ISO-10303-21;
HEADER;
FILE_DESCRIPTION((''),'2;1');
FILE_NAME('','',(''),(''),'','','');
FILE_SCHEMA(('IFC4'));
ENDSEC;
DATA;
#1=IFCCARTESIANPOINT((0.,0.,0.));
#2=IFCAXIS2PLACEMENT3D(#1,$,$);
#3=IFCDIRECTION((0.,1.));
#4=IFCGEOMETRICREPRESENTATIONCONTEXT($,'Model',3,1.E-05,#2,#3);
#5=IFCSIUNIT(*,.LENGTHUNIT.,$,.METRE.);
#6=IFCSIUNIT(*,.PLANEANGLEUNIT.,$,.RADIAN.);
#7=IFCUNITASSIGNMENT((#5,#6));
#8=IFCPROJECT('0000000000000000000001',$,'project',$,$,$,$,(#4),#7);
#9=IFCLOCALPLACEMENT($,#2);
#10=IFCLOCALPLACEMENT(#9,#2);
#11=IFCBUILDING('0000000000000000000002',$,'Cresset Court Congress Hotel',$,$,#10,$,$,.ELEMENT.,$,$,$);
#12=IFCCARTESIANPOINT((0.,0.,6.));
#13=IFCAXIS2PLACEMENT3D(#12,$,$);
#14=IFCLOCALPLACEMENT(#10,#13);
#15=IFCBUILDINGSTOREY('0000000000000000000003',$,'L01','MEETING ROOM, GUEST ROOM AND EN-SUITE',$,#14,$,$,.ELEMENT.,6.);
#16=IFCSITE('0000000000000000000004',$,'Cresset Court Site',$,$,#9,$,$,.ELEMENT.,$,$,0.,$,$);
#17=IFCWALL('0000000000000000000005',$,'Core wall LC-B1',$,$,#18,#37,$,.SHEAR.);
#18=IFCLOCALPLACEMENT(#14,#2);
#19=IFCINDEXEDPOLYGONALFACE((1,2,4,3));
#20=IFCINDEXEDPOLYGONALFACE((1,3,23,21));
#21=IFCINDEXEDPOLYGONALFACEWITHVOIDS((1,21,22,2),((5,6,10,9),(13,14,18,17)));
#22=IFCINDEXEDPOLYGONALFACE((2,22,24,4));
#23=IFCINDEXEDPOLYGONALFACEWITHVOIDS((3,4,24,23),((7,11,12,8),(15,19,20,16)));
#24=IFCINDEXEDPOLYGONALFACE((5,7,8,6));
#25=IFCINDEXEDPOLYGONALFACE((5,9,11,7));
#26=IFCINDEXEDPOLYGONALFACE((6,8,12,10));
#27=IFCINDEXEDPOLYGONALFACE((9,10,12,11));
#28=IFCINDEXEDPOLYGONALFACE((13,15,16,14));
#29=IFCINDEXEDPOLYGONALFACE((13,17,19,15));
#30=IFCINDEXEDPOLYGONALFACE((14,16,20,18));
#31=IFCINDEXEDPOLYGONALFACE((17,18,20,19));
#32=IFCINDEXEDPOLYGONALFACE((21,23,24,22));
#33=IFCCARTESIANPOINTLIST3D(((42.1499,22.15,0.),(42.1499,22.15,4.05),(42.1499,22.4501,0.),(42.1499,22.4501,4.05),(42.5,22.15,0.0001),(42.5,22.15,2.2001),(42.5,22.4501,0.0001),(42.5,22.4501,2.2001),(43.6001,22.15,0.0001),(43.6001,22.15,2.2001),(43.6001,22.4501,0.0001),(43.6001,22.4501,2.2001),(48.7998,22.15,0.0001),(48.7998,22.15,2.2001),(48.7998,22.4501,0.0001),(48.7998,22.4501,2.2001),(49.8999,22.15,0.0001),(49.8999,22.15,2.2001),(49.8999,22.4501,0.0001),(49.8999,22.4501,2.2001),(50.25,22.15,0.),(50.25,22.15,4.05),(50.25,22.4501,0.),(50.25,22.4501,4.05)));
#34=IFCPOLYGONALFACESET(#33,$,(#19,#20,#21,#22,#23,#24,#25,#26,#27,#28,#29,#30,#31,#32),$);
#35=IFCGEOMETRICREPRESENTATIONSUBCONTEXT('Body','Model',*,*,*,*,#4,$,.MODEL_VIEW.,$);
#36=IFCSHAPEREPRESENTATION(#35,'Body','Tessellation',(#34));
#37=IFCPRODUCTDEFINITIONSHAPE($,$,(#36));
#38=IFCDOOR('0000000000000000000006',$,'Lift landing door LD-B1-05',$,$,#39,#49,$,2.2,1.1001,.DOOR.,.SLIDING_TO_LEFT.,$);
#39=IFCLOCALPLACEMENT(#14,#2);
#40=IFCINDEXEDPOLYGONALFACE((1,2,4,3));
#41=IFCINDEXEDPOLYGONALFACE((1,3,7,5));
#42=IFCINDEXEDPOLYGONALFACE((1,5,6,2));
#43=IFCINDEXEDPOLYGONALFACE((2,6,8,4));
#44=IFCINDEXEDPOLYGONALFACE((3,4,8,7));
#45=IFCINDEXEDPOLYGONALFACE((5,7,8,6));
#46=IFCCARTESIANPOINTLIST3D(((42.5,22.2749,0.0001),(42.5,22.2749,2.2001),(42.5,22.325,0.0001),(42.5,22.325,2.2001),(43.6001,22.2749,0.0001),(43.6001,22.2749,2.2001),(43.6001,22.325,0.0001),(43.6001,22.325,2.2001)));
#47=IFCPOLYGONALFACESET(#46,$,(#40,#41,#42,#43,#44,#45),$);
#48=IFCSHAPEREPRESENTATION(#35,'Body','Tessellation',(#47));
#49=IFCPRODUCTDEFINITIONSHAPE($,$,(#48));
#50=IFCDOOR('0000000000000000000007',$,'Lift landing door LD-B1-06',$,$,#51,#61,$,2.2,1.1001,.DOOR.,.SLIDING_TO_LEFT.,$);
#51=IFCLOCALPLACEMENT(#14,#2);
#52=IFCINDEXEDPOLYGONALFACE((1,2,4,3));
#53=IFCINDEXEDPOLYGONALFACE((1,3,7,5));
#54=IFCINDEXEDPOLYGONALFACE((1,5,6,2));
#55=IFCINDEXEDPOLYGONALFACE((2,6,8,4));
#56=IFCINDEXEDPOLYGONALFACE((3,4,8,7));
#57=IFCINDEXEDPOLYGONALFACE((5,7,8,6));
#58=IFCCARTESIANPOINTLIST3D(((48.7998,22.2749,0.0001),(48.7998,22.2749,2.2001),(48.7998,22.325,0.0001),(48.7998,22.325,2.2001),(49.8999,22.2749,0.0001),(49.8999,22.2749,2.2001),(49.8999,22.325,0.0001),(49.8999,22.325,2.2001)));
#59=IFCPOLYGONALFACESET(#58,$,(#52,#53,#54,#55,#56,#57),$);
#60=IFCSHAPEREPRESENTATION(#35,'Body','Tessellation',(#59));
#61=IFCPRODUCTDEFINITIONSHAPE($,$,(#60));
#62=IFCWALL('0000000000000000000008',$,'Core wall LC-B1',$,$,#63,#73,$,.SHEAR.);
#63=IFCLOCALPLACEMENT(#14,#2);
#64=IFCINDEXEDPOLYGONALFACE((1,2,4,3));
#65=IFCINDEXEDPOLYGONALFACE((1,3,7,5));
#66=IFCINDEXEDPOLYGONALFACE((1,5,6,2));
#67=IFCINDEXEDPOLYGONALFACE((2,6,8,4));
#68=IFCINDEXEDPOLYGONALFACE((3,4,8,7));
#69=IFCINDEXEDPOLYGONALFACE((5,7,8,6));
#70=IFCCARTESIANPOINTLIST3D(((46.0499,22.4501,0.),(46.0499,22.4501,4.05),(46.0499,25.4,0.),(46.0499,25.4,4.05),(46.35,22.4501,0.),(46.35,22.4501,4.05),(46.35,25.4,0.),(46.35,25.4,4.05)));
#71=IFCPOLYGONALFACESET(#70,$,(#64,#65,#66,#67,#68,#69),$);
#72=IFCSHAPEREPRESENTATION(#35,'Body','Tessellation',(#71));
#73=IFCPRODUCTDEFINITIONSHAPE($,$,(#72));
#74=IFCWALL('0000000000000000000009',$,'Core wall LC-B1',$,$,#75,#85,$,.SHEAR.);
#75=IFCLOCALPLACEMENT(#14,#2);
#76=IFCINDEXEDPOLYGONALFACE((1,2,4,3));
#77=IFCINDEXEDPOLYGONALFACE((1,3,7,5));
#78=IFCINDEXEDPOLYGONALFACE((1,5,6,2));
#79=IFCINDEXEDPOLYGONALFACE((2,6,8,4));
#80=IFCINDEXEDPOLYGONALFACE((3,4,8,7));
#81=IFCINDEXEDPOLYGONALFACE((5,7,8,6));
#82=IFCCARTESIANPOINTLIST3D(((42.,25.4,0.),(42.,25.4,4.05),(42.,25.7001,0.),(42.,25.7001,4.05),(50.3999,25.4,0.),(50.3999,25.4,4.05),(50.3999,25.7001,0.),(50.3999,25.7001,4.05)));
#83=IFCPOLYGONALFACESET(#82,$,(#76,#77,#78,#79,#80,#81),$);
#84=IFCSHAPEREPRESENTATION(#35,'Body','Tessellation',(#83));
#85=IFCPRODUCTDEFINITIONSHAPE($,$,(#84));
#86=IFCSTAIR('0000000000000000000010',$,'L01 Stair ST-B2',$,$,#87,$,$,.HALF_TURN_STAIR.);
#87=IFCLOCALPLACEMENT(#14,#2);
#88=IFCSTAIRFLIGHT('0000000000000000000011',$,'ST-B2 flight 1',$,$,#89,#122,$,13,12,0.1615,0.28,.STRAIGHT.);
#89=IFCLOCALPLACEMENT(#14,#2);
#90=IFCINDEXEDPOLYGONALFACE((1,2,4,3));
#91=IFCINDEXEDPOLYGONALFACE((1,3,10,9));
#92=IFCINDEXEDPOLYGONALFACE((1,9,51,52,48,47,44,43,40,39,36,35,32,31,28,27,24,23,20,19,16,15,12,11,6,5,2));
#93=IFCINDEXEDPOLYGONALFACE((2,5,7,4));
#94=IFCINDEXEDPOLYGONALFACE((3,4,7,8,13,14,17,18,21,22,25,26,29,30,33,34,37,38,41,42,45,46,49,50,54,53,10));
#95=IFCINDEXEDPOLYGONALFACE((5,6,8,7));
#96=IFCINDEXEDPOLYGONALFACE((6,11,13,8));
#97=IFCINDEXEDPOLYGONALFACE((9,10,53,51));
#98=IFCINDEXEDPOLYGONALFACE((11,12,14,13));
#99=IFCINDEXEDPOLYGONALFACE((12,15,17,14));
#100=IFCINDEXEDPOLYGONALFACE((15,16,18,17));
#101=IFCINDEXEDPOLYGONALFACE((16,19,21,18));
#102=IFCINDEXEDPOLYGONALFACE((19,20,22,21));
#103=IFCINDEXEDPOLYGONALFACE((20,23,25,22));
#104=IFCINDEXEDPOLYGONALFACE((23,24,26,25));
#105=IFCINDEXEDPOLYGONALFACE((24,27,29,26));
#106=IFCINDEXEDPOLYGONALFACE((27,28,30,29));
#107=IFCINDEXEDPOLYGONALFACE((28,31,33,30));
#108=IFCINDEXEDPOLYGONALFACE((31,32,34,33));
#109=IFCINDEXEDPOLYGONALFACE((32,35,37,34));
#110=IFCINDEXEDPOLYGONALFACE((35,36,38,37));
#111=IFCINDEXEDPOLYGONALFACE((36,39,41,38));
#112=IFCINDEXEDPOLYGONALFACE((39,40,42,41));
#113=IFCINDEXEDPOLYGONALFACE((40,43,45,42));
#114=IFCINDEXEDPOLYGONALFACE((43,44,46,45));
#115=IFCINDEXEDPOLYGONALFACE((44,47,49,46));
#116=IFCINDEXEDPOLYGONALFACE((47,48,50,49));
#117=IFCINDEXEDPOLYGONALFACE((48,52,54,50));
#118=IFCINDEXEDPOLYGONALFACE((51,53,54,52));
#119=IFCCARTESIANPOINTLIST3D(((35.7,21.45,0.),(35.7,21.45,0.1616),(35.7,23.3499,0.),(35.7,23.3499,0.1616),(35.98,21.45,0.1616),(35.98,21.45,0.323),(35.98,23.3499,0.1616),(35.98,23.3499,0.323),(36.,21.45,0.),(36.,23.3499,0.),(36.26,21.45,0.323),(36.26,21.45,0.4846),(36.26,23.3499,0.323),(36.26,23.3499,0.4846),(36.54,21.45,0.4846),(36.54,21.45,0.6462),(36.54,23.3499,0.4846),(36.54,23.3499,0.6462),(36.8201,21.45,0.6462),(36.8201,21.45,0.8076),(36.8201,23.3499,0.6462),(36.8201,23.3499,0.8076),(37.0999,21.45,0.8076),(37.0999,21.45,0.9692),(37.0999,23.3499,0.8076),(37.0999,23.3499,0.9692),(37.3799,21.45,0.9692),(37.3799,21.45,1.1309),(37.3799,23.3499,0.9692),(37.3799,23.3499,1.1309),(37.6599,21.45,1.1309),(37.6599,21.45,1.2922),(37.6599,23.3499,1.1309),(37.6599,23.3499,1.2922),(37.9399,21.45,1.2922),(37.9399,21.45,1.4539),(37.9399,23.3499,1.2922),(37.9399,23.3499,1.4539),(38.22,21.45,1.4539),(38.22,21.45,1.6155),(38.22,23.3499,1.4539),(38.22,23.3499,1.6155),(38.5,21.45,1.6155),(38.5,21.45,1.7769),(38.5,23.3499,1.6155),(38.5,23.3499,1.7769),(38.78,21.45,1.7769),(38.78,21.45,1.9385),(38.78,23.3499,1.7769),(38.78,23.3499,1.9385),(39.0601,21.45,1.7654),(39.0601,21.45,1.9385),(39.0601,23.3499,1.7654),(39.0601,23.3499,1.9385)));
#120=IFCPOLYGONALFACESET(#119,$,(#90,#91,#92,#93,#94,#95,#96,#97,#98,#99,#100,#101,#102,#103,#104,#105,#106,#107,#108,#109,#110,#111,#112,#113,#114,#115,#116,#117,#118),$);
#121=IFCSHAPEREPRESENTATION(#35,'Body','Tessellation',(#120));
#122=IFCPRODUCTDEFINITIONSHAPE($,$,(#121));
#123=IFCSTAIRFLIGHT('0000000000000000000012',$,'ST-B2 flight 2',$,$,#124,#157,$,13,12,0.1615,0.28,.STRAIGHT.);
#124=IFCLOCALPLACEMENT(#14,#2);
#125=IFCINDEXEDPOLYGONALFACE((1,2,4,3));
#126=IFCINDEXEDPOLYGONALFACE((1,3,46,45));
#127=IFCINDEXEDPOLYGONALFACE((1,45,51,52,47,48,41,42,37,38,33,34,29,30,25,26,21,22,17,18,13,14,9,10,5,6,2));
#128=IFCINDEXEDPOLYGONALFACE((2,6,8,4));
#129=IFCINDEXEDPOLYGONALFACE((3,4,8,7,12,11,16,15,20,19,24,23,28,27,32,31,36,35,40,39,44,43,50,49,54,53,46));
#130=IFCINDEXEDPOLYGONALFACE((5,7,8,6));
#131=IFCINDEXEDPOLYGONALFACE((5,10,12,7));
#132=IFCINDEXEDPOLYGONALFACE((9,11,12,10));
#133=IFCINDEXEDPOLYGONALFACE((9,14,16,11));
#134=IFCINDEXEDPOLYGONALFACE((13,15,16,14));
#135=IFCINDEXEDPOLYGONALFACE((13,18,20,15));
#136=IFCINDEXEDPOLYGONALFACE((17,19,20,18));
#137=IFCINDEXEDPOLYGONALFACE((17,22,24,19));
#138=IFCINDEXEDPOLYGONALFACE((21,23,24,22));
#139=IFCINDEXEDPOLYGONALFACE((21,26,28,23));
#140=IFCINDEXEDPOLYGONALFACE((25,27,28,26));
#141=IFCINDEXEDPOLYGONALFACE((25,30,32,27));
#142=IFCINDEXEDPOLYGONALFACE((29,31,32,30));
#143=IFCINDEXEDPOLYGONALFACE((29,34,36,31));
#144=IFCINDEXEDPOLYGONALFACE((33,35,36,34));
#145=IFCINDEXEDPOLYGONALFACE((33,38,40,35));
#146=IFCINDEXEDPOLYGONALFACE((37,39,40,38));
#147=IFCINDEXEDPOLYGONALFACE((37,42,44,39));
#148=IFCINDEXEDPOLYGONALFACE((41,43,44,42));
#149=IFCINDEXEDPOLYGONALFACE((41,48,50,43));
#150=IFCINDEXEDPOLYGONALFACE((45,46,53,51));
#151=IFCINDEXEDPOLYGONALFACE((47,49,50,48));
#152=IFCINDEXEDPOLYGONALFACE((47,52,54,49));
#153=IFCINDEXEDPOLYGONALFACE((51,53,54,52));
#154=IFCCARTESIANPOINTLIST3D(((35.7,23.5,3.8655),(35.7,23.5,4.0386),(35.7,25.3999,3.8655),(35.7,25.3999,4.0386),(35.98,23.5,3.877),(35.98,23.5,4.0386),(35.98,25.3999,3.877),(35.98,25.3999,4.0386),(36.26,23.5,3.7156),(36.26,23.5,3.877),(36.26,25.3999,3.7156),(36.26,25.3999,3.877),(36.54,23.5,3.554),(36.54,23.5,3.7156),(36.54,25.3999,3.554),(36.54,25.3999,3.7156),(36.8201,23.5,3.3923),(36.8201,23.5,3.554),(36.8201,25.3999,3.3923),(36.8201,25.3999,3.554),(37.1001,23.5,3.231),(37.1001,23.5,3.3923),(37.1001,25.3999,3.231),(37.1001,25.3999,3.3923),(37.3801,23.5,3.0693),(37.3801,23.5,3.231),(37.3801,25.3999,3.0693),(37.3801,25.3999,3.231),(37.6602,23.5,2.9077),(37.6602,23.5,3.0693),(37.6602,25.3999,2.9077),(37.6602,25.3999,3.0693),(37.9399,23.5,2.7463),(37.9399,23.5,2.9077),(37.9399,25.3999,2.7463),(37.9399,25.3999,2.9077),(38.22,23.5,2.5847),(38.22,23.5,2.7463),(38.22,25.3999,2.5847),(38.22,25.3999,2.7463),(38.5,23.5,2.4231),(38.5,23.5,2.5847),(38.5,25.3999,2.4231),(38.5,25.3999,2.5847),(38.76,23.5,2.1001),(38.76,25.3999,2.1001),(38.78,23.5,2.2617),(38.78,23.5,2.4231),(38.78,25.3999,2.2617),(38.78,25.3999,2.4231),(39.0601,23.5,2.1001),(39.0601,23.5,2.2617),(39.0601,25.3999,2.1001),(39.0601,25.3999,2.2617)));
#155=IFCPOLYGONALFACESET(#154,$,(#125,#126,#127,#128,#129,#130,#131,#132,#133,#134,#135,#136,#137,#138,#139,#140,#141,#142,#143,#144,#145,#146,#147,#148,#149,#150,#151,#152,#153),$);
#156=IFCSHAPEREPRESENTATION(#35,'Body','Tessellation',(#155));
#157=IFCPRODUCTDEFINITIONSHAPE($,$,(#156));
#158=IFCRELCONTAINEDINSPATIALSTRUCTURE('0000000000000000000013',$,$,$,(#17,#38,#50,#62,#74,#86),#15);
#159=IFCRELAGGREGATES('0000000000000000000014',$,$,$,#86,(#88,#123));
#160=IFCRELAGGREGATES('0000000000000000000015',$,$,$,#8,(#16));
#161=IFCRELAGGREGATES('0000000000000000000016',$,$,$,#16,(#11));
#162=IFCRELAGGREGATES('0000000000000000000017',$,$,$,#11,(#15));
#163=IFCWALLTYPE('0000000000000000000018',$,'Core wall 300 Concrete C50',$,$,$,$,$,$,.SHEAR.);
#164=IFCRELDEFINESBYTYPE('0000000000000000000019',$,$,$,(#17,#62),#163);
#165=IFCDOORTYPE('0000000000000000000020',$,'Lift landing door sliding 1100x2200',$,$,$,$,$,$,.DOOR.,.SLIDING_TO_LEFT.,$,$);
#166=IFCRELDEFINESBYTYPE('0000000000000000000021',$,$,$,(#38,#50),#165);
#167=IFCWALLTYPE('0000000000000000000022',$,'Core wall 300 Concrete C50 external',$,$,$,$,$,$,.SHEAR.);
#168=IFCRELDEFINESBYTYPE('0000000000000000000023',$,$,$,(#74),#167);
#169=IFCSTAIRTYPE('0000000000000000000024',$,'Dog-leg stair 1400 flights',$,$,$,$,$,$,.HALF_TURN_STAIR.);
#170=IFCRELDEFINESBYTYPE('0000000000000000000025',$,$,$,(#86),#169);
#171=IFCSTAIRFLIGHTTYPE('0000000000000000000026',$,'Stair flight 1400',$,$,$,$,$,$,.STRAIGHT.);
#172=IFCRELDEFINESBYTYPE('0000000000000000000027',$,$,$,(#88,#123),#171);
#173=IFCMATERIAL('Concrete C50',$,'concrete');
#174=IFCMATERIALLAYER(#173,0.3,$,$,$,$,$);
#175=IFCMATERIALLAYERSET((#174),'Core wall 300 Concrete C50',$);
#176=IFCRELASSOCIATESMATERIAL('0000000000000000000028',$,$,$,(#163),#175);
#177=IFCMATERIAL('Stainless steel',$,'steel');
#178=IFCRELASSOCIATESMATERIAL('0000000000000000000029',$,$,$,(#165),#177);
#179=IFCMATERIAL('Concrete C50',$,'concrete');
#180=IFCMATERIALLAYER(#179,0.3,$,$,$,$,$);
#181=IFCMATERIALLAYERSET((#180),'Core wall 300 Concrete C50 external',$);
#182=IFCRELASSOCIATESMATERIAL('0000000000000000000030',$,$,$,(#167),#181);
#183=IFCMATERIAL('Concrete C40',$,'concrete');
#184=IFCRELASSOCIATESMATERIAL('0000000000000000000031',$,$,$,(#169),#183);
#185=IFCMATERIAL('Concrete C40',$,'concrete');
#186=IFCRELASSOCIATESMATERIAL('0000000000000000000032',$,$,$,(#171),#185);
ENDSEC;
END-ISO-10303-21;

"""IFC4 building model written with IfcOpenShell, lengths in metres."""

from ifc_helpers import new_model, si_unit, direction, frame, frame_2d, origin, place, context, subcontext, project, spatial, polyline, rectangle, outline, extrude, material, layer, layer_set, type_object, element, fill, aggregate, save


model = new_model("IFC4")

# Units and contexts
model_context = context("Model", 3, precision=1e-05, world=origin(), true_north=direction((0.0, 1.0)))
body_context = subcontext(model_context, "Body", "Model", "MODEL_VIEW")
ifc_project = project(units=[si_unit("LENGTHUNIT", "METRE"), si_unit("PLANEANGLEUNIT", "RADIAN")], contexts=[model_context])

# Site, building, storey
site_placement = place(None, origin())
site = spatial("IfcSite", under=ifc_project, at=site_placement, Name="Cresset Court Site", CompositionType="ELEMENT", RefElevation=0.0)
building_placement = place(site_placement, origin())
building = spatial("IfcBuilding", under=site, at=building_placement, Name="Cresset Court Congress Hotel", CompositionType="ELEMENT")
storey_placement = place(building_placement, frame((0.0, 0.0, 6.0)))
storey = spatial("IfcBuildingStorey", under=building, at=storey_placement, Name="L01", Description="MEETING ROOM, GUEST ROOM AND EN-SUITE", CompositionType="ELEMENT", Elevation=6.0)

# Shared definitions
ifc_material_1 = material(Name="Concrete C50", Category="concrete")
ifc_layer_1 = layer(ifc_material_1, 0.3)
ifc_layer_set_1 = layer_set([ifc_layer_1], Name="Core wall 300 Concrete C50")
wall_type_1 = type_object("IfcWallType", Name="Core wall 300 Concrete C50", PredefinedType="SHEAR", material=ifc_layer_set_1)

# Wall, openings, doors
wall_1_placement = place(storey_placement, frame((42.1499, 22.3, 0.0), z_axis=(0.0, 0.0, 1.0), x_axis=(1.0, 0.0, 0.0)))
wall_1 = element("IfcWall", 1, at=wall_1_placement, inside=storey, type_object=wall_type_1, Name="Core wall LC-B1", PredefinedType="SHEAR", context=body_context, shape_type="SweptSolid", body=[
    extrude(rectangle(XDim=8.1001, YDim=0.3, at=frame_2d((4.05, 0.0))), origin(), (0.0, 0.0, 1.0), 4.05),
])
opening_1_placement = place(wall_1_placement, frame((0.3501, 0.0, 0.0)))
opening_1 = element("IfcOpeningElement", 2, at=opening_1_placement, cuts=wall_1, PredefinedType="OPENING", context=body_context, shape_type="SweptSolid", body=[
    extrude(rectangle(XDim=1.1001, YDim=2.2, at=frame_2d((0.55, 1.1001))), frame((0.0, 0.1599, 0.0), z_axis=(0.0, -1.0, 0.0), x_axis=(1.0, 0.0, 0.0)), (0.0, 0.0, 1.0), 0.3201),
])
opening_2_placement = place(wall_1_placement, frame((6.6499, 0.0, 0.0)))
opening_2 = element("IfcOpeningElement", 3, at=opening_2_placement, cuts=wall_1, PredefinedType="OPENING", context=body_context, shape_type="SweptSolid", body=[
    extrude(rectangle(XDim=1.1001, YDim=2.2, at=frame_2d((0.55, 1.1001))), frame((0.0, 0.1599, 0.0), z_axis=(0.0, -1.0, 0.0), x_axis=(1.0, 0.0, 0.0)), (0.0, 0.0, 1.0), 0.3201),
])
ifc_material_2 = material(Name="Stainless steel", Category="steel")
door_type_1 = type_object("IfcDoorType", Name="Lift landing door sliding 1100x2200", OperationType="SLIDING_TO_LEFT", PredefinedType="DOOR", material=ifc_material_2)
door_1_placement = place(opening_1_placement, origin())
door_1 = element("IfcDoor", 4, at=door_1_placement, inside=storey, type_object=door_type_1, Name="Lift landing door LD-B1-05", OperationType="SLIDING_TO_LEFT", OverallHeight=2.2, OverallWidth=1.1001, PredefinedType="DOOR", context=body_context, shape_type="SweptSolid", body=[
    extrude(rectangle(XDim=1.1001, YDim=2.2, at=frame_2d((0.55, 1.1001))), frame((0.0, 0.0249, 0.0), z_axis=(0.0, -1.0, 0.0), x_axis=(1.0, 0.0, 0.0)), (0.0, 0.0, 1.0), 0.05),
])
fill(opening_1, door_1)
door_2_placement = place(opening_2_placement, origin())
door_2 = element("IfcDoor", 5, at=door_2_placement, inside=storey, type_object=door_type_1, Name="Lift landing door LD-B1-06", OperationType="SLIDING_TO_LEFT", OverallHeight=2.2, OverallWidth=1.1001, PredefinedType="DOOR", context=body_context, shape_type="SweptSolid", body=[
    extrude(rectangle(XDim=1.1001, YDim=2.2, at=frame_2d((0.55, 1.1001))), frame((0.0, 0.0249, 0.0), z_axis=(0.0, -1.0, 0.0), x_axis=(1.0, 0.0, 0.0)), (0.0, 0.0, 1.0), 0.05),
])
fill(opening_2, door_2)

# Walls
wall_2_placement = place(storey_placement, frame((46.2, 22.45, 0.0), z_axis=(0.0, 0.0, 1.0), x_axis=(0.0, 1.0, 0.0)))
element("IfcWall", 6, at=wall_2_placement, inside=storey, type_object=wall_type_1, Name="Core wall LC-B1", PredefinedType="SHEAR", context=body_context, shape_type="SweptSolid", body=[
    extrude(rectangle(XDim=2.95, YDim=0.3, at=frame_2d((1.4751, 0.0))), origin(), (0.0, 0.0, 1.0), 4.05),
])
ifc_material_3 = material(Name="Concrete C50", Category="concrete")
ifc_layer_2 = layer(ifc_material_3, 0.3)
ifc_layer_set_2 = layer_set([ifc_layer_2], Name="Core wall 300 Concrete C50 external")
wall_type_2 = type_object("IfcWallType", Name="Core wall 300 Concrete C50 external", PredefinedType="SHEAR", material=ifc_layer_set_2)
wall_3_placement = place(storey_placement, frame((42.0, 25.55, 0.0), z_axis=(0.0, 0.0, 1.0), x_axis=(1.0, 0.0, 0.0)))
element("IfcWall", 7, at=wall_3_placement, inside=storey, type_object=wall_type_2, Name="Core wall LC-B1", PredefinedType="SHEAR", context=body_context, shape_type="SweptSolid", body=[
    extrude(rectangle(XDim=8.3999, YDim=0.3, at=frame_2d((4.2, 0.0))), origin(), (0.0, 0.0, 1.0), 4.05),
])

# Stair, stair flights
ifc_material_4 = material(Name="Concrete C40", Category="concrete")
stair_type = type_object("IfcStairType", Name="Dog-leg stair 1400 flights", PredefinedType="HALF_TURN_STAIR", material=ifc_material_4)
stair_placement = place(storey_placement, origin())
stair = element("IfcStair", 8, at=stair_placement, inside=storey, type_object=stair_type, Name="L01 Stair ST-B2", PredefinedType="HALF_TURN_STAIR")
ifc_material_5 = material(Name="Concrete C40", Category="concrete")
stair_flight_type = type_object("IfcStairFlightType", Name="Stair flight 1400", PredefinedType="STRAIGHT", material=ifc_material_5)
stair_flight_1_placement = place(storey_placement, frame((35.7, 22.3999, 0.0), z_axis=(0.0, 0.0, 1.0), x_axis=(1.0, 0.0, 0.0)))
stair_flight_1 = element("IfcStairFlight", 9, at=stair_flight_1_placement, type_object=stair_flight_type, Name="ST-B2 flight 1", NumberOfRisers=13, NumberOfTreads=12, PredefinedType="STRAIGHT", RiserHeight=0.1615, TreadLength=0.28, context=body_context, shape_type="SweptSolid", body=[
    extrude(outline(polyline([(0.0, 0.0), (0.0, 0.1616), (0.28, 0.1616), (0.28, 0.323), (0.5601, 0.323), (0.5601, 0.4846), (0.8401, 0.4846), (0.8401, 0.6462), (1.1201, 0.6462), (1.1201, 0.8076), (1.3999, 0.8076), (1.3999, 0.9692), (1.6799, 0.9692), (1.6799, 1.1309), (1.96, 1.1309), (1.96, 1.2922), (2.24, 1.2922), (2.24, 1.4539), (2.52, 1.4539), (2.52, 1.6155), (2.8, 1.6155), (2.8, 1.7769), (3.0801, 1.7769), (3.0801, 1.9385), (3.3601, 1.9385), (3.3601, 2.1001), (3.3601, 1.7654), (0.3, 0.0), (0.0, 0.0)])), frame((0.0, 0.95, 0.0), z_axis=(0.0, -1.0, 0.0), x_axis=(1.0, 0.0, 0.0)), (0.0, 0.0, 1.0), 1.8999),
])
stair_flight_2_placement = place(storey_placement, frame((39.0601, 24.45, 2.1001), z_axis=(0.0, 0.0, 1.0), x_axis=(-1.0, 0.0, 0.0)))
stair_flight_2 = element("IfcStairFlight", 10, at=stair_flight_2_placement, type_object=stair_flight_type, Name="ST-B2 flight 2", NumberOfRisers=13, NumberOfTreads=12, PredefinedType="STRAIGHT", RiserHeight=0.1615, TreadLength=0.28, context=body_context, shape_type="SweptSolid", body=[
    extrude(outline(polyline([(0.0, 0.0), (0.0, 0.1616), (0.28, 0.1616), (0.28, 0.323), (0.5601, 0.323), (0.5601, 0.4846), (0.8401, 0.4846), (0.8401, 0.6462), (1.1201, 0.6462), (1.1201, 0.8076), (1.3999, 0.8076), (1.3999, 0.9692), (1.6799, 0.9692), (1.6799, 1.1309), (1.96, 1.1309), (1.96, 1.2922), (2.24, 1.2922), (2.24, 1.4539), (2.52, 1.4539), (2.52, 1.6155), (2.8, 1.6155), (2.8, 1.7769), (3.0801, 1.7769), (3.0801, 1.9385), (3.3601, 1.9385), (3.3601, 2.1001), (3.3601, 1.7654), (0.3, 0.0), (0.0, 0.0)])), frame((0.0, 0.95, 0.0), z_axis=(0.0, -1.0, 0.0), x_axis=(1.0, 0.0, 0.0)), (0.0, 0.0, 1.0), 1.8999),
])
aggregate(stair, [stair_flight_1, stair_flight_2])

save(model, "model.ifc")
